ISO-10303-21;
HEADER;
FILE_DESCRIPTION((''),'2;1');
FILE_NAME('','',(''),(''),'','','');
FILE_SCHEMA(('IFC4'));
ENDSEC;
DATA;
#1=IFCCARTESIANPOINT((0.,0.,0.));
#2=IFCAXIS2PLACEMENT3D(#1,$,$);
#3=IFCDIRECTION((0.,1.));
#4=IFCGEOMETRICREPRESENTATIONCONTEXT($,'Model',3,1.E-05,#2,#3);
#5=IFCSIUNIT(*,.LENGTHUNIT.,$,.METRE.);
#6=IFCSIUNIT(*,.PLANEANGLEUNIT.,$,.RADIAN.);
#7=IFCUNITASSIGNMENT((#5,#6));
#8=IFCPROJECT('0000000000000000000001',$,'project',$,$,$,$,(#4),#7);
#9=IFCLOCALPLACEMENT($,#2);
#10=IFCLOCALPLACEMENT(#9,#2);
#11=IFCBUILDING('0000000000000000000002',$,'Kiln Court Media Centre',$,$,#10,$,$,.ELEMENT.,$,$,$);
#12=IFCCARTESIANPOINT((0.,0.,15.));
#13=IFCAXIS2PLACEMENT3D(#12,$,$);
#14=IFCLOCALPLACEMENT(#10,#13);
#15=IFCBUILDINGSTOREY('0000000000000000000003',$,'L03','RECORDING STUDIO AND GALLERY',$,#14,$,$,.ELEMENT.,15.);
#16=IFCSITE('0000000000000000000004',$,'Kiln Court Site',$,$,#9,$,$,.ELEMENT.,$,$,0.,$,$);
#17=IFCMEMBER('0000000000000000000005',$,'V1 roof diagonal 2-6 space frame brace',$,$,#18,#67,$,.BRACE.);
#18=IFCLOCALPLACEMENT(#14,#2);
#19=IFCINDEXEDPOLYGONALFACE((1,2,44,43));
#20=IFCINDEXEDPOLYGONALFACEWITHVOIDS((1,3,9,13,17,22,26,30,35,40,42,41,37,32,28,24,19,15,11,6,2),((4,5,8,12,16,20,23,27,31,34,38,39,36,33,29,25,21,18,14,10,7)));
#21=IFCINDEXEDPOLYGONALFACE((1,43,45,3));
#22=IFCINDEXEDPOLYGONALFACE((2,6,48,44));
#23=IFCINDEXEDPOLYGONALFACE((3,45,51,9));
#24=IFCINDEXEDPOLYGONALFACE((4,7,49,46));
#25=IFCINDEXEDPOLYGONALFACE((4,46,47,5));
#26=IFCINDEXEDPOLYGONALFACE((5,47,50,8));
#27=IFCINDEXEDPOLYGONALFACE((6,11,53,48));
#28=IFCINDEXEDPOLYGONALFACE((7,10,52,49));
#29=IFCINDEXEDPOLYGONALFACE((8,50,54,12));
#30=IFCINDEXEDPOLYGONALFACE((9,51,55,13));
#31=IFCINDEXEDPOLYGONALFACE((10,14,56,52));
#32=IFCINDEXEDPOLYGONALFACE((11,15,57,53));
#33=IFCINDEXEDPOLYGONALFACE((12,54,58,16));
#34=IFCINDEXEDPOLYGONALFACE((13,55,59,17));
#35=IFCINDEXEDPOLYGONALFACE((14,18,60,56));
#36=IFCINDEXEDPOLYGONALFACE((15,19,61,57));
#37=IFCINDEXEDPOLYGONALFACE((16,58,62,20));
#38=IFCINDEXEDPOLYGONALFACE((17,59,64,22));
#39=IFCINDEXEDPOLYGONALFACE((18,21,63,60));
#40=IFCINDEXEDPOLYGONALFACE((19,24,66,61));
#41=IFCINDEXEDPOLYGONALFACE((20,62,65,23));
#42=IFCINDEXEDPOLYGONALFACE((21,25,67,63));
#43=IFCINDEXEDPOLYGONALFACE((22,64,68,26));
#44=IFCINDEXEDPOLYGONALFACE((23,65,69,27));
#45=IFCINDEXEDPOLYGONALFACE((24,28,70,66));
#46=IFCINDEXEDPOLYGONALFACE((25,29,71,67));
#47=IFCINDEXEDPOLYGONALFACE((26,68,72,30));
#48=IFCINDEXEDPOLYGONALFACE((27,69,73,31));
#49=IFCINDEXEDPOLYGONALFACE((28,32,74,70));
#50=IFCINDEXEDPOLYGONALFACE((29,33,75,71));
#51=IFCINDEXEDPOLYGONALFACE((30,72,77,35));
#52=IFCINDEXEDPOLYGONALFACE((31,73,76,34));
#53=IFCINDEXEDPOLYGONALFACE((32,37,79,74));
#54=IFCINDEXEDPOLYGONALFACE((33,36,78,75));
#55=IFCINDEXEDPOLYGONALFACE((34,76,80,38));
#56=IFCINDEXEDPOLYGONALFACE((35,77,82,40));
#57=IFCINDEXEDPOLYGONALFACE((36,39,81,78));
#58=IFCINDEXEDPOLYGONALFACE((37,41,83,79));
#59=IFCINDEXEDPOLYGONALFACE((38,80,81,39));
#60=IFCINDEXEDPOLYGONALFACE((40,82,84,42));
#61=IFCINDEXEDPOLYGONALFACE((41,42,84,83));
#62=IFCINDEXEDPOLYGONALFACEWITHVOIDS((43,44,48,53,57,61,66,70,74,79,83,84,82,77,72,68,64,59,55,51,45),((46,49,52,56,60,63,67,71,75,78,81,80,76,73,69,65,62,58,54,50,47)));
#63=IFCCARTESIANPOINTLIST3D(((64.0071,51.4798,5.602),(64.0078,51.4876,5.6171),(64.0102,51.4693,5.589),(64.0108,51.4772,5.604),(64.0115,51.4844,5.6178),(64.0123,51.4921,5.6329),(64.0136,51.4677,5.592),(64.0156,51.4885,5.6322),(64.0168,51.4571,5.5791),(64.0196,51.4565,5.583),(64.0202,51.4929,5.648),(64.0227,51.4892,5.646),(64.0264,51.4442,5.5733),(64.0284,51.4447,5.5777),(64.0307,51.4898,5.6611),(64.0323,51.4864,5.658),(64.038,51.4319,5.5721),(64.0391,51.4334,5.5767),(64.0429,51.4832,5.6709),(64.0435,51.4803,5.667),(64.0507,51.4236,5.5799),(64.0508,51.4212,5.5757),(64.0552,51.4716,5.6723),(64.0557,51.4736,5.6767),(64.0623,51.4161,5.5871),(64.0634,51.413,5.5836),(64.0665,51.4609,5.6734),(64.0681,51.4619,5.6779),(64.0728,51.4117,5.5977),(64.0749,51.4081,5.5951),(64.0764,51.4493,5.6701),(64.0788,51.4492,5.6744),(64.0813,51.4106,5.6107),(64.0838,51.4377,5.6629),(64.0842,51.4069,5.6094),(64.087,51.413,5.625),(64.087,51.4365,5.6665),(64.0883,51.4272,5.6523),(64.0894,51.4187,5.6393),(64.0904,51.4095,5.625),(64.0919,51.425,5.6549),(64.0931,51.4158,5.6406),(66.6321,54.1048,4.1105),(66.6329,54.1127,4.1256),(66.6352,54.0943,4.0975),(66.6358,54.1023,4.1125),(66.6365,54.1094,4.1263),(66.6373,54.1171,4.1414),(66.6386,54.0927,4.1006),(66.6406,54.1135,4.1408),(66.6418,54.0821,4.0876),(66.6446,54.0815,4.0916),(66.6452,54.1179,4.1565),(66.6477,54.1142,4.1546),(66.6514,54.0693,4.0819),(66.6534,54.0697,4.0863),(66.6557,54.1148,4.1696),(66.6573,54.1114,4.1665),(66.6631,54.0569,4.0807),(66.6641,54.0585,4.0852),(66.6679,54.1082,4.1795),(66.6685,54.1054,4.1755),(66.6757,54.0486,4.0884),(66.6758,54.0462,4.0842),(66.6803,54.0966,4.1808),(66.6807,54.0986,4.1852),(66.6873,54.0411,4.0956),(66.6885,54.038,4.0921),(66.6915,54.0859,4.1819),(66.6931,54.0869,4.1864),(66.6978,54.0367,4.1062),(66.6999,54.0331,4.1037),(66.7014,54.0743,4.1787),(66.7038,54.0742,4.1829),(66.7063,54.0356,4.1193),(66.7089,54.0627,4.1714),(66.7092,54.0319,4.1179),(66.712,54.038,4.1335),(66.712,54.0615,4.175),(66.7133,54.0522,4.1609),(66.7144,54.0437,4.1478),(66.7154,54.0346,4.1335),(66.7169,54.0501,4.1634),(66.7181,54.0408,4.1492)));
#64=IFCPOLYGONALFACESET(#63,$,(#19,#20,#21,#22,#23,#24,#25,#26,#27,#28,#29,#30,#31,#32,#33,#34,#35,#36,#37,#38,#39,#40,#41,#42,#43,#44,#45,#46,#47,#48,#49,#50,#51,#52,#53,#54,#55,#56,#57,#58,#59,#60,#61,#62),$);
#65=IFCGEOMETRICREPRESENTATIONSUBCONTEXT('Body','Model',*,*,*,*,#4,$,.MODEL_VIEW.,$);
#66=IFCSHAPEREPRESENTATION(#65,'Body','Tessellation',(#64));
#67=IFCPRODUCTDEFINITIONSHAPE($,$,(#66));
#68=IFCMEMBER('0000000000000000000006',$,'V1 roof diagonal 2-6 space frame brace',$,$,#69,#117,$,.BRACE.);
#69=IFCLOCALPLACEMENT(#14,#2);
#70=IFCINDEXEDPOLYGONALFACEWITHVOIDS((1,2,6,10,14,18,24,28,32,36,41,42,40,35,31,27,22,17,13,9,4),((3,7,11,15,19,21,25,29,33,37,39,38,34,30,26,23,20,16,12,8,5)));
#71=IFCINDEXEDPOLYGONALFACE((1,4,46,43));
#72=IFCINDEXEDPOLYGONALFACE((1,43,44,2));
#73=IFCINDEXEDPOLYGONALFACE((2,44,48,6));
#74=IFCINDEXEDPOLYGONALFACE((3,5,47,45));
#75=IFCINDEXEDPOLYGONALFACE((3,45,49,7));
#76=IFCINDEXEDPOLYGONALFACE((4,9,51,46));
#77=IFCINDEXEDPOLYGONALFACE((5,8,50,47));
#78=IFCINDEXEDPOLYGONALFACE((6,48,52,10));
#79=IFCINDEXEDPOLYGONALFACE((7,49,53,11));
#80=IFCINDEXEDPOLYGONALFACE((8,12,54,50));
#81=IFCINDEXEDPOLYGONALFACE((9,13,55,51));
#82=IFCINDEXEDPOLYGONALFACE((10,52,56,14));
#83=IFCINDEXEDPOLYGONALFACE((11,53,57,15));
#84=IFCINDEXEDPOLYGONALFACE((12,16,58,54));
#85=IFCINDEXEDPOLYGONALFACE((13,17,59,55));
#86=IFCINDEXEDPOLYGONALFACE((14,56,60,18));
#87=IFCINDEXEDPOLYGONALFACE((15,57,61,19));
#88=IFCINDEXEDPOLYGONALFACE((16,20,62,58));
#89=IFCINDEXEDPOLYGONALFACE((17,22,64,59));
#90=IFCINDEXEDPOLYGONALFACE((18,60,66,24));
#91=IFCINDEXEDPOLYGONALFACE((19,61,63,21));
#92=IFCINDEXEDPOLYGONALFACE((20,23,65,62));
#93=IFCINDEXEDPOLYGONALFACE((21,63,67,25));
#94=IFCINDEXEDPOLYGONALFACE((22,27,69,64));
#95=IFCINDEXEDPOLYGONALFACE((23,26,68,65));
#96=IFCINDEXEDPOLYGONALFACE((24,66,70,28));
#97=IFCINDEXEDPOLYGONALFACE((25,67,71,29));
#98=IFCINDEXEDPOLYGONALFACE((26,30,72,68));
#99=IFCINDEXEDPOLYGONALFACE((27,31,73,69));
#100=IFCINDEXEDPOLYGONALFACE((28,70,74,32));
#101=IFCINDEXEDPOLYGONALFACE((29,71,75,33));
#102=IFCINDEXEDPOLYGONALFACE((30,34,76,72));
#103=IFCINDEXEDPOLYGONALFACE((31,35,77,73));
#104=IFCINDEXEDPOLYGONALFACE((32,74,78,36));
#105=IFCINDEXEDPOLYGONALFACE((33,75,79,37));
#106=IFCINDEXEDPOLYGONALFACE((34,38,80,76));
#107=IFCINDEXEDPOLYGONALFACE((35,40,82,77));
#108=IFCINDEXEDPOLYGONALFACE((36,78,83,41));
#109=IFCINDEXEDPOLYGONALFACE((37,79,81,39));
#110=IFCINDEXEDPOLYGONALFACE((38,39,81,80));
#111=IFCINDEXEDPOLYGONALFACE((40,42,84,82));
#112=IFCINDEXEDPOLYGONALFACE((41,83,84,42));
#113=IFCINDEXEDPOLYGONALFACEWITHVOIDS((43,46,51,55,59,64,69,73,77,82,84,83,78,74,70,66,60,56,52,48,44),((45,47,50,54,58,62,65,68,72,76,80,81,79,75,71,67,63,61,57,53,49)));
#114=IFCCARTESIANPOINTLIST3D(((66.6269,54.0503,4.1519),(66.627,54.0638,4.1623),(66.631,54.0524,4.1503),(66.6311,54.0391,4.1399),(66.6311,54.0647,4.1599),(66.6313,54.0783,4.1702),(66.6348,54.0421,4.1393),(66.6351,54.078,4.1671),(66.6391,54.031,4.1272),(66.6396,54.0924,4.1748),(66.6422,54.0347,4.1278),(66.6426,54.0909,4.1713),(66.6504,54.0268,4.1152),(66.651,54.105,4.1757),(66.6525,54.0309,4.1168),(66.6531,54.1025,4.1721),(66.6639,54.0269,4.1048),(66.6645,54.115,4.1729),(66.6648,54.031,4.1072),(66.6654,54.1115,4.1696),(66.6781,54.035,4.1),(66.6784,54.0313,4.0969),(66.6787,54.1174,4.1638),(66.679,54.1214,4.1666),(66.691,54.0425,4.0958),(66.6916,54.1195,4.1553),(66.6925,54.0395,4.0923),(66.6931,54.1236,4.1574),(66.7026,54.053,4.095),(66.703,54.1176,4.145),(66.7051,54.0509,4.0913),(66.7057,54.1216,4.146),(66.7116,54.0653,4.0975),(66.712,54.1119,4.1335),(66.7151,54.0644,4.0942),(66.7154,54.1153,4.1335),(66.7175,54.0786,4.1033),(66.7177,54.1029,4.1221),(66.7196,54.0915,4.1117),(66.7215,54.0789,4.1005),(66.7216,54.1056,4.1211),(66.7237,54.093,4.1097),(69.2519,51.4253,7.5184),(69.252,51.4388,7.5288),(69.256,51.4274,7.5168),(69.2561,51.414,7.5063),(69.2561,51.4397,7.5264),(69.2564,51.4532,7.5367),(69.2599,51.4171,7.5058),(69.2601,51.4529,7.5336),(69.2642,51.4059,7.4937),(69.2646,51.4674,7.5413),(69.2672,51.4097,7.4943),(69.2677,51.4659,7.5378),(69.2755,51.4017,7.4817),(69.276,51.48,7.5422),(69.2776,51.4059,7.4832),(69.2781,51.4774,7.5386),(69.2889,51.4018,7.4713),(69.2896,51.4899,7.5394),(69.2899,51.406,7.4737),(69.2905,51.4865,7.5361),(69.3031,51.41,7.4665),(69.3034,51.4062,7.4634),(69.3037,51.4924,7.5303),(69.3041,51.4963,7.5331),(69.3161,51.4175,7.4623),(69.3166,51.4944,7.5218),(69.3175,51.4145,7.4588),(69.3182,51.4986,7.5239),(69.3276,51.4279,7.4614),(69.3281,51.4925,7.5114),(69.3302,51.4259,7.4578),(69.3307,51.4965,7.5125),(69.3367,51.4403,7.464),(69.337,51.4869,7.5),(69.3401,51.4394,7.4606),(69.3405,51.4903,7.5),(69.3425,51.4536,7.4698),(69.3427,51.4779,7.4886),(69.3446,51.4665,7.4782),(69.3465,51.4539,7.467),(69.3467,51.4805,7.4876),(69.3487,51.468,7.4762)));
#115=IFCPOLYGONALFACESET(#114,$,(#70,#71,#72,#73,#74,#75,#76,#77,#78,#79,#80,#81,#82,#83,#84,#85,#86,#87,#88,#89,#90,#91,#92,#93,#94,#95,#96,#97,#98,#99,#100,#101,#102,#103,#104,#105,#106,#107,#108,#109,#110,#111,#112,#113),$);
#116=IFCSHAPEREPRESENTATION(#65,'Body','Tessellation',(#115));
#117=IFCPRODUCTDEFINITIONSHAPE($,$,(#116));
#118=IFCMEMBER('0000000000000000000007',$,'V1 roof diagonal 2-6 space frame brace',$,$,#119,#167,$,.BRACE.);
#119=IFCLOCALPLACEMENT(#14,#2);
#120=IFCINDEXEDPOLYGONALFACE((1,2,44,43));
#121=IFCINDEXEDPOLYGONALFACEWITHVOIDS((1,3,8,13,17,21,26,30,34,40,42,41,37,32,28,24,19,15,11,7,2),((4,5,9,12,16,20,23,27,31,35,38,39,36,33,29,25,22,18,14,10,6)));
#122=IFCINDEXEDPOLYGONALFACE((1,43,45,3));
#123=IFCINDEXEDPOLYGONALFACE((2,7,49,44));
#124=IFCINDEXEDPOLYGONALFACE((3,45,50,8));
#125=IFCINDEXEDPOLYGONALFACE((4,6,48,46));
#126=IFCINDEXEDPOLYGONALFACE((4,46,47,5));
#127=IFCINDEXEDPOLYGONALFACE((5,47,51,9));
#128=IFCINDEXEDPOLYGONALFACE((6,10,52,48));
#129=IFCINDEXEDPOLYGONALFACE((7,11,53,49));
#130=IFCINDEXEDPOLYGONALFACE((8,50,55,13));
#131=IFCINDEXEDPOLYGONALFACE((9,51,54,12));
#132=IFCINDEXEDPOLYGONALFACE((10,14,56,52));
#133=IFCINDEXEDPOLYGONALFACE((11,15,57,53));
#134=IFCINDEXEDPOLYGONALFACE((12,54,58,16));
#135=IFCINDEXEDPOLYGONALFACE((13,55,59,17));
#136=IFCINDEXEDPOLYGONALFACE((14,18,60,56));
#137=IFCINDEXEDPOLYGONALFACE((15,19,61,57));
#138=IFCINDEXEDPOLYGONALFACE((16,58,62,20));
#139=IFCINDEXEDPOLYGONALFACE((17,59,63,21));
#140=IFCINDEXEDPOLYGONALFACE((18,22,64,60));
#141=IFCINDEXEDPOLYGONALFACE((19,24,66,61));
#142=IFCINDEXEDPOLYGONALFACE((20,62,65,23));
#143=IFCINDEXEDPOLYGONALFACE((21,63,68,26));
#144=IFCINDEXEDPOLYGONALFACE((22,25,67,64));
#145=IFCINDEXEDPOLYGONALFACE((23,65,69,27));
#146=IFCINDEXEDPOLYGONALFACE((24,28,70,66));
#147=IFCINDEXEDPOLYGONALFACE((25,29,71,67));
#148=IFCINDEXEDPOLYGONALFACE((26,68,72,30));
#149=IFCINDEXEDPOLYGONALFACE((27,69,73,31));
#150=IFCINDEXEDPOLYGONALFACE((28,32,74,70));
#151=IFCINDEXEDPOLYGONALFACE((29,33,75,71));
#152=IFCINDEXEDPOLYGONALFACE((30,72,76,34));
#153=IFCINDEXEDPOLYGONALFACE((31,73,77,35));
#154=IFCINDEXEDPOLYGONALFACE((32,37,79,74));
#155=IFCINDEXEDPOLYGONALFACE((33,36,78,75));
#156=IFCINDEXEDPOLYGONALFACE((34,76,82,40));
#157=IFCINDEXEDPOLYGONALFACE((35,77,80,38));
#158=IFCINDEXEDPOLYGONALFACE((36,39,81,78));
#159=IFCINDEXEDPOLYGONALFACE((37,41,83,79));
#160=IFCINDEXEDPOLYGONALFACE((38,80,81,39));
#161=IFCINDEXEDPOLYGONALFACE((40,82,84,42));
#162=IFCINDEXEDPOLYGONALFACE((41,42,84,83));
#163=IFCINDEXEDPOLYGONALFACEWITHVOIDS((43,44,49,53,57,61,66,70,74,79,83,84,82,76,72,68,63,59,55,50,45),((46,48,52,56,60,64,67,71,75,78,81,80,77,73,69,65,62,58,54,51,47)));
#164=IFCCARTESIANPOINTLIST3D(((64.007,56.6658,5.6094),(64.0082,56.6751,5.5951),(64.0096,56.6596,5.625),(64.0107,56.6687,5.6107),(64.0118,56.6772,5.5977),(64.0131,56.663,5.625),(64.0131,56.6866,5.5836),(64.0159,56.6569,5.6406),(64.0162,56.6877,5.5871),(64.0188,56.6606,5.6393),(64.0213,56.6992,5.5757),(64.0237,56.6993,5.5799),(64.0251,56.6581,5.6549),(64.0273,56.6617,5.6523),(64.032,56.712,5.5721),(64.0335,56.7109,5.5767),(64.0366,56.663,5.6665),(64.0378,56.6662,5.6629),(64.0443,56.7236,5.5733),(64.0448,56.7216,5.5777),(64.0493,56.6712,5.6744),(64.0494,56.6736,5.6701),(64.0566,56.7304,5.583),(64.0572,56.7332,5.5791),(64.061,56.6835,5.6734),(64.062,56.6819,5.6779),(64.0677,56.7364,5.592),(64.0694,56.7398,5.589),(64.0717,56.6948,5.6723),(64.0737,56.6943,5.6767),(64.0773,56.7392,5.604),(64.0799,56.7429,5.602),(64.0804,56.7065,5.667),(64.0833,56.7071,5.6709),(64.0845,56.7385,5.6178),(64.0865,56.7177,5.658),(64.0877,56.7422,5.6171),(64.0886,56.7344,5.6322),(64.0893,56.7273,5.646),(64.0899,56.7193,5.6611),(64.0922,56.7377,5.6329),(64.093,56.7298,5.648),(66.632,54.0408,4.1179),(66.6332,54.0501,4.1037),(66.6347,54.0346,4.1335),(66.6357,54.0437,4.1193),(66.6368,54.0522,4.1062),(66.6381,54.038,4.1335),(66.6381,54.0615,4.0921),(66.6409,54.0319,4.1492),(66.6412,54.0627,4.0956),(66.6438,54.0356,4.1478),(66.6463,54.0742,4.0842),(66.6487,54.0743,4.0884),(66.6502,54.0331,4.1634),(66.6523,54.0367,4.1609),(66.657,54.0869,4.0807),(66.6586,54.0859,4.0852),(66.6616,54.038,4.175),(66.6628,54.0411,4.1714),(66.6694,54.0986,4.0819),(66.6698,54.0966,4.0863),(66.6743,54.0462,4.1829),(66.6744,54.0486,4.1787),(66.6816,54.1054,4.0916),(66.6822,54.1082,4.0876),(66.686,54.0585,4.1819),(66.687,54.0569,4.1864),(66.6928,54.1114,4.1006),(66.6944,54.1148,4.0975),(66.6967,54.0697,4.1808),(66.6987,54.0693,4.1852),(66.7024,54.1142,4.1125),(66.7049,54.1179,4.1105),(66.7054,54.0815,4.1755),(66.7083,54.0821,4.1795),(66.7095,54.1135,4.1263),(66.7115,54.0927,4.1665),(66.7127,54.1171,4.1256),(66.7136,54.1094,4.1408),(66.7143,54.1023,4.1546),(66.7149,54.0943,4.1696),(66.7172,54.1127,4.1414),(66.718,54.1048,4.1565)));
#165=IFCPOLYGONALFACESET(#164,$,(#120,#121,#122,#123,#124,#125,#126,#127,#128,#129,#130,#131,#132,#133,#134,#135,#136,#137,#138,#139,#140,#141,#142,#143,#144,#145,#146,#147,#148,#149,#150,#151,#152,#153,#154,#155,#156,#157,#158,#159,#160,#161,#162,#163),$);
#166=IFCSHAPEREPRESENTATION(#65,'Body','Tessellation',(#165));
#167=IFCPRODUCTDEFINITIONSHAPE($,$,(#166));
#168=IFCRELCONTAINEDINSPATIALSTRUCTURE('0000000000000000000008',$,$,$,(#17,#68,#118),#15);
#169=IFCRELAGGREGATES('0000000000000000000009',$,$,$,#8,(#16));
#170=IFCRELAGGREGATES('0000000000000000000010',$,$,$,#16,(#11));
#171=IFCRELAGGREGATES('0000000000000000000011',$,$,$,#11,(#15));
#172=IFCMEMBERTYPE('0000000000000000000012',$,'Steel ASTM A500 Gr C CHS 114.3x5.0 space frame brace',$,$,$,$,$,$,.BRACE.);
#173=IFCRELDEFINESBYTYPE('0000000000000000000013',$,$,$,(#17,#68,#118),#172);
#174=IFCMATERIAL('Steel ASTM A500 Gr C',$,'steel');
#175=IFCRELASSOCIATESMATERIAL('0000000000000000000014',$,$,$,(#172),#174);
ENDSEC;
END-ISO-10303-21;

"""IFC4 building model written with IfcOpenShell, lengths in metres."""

from ifc_helpers import new_model, si_unit, direction, frame, origin, origin_2d, place, context, subcontext, project, spatial, hollow_circle, extrude, material, material_profile, profile_set, type_object, element, save


model = new_model("IFC4")

# Units and contexts
model_context = context("Model", 3, precision=1e-05, world=origin(), true_north=direction((0.0, 1.0)))
body_context = subcontext(model_context, "Body", "Model", "MODEL_VIEW")
ifc_project = project(units=[si_unit("LENGTHUNIT", "METRE"), si_unit("PLANEANGLEUNIT", "RADIAN")], contexts=[model_context])

# Site, building, storey
site_placement = place(None, origin())
site = spatial("IfcSite", under=ifc_project, at=site_placement, Name="Kiln Court Site", CompositionType="ELEMENT", RefElevation=0.0)
building_placement = place(site_placement, origin())
building = spatial("IfcBuilding", under=site, at=building_placement, Name="Kiln Court Media Centre", CompositionType="ELEMENT")
storey_placement = place(building_placement, frame((0.0, 0.0, 15.0)))
storey = spatial("IfcBuildingStorey", under=building, at=storey_placement, Name="L03", Description="RECORDING STUDIO AND GALLERY", CompositionType="ELEMENT", Elevation=15.0)

# Members
ifc_material_1 = material(Name="Steel ASTM A500 Gr C", Category="steel")
ifc_material_profile_1 = material_profile(ifc_material_1, hollow_circle(Radius=0.0571, WallThickness=0.0049, at=origin_2d()), Name="CHS 114.3x5.0")
ifc_profile_set_1 = profile_set([ifc_material_profile_1], Name="Steel ASTM A500 Gr C")
member_type_1 = type_object("IfcMemberType", Name="Steel ASTM A500 Gr C CHS 114.3x5.0 space frame brace", PredefinedType="BRACE", material=ifc_profile_set_1)
member_1_placement = place(storey_placement, frame((66.675, 54.075, 4.1335), z_axis=(-0.656133, -0.656133, 0.372798), x_axis=(0.707107, -0.707107, 0.0)))
element("IfcMember", 1, at=member_1_placement, inside=storey, type_object=member_type_1, Name="V1 roof diagonal 2-6 space frame brace", PredefinedType="BRACE", context=body_context, shape_type="SweptSolid", body=[
    extrude(hollow_circle(Radius=0.0571, WallThickness=0.0049, at=origin_2d()), origin(), (0.0, 0.0, 1.0), 4.0007),
])
member_2_placement = place(storey_placement, frame((66.675, 54.075, 4.1335), z_axis=(0.523804, -0.523804, 0.671758), x_axis=(0.707107, 0.707107, 0.0)))
element("IfcMember", 2, at=member_2_placement, inside=storey, type_object=member_type_1, Name="V1 roof diagonal 2-6 space frame brace", PredefinedType="BRACE", context=body_context, shape_type="SweptSolid", body=[
    extrude(hollow_circle(Radius=0.0571, WallThickness=0.0049, at=origin_2d()), origin(), (0.0, 0.0, 1.0), 5.0115),
])
member_3_placement = place(storey_placement, frame((66.675, 54.075, 4.1335), z_axis=(-0.656133, 0.656133, 0.372798), x_axis=(-0.707107, -0.707107, 0.0)))
element("IfcMember", 3, at=member_3_placement, inside=storey, type_object=member_type_1, Name="V1 roof diagonal 2-6 space frame brace", PredefinedType="BRACE", context=body_context, shape_type="SweptSolid", body=[
    extrude(hollow_circle(Radius=0.0571, WallThickness=0.0049, at=origin_2d()), origin(), (0.0, 0.0, 1.0), 4.0007),
])

save(model, "model.ifc")
